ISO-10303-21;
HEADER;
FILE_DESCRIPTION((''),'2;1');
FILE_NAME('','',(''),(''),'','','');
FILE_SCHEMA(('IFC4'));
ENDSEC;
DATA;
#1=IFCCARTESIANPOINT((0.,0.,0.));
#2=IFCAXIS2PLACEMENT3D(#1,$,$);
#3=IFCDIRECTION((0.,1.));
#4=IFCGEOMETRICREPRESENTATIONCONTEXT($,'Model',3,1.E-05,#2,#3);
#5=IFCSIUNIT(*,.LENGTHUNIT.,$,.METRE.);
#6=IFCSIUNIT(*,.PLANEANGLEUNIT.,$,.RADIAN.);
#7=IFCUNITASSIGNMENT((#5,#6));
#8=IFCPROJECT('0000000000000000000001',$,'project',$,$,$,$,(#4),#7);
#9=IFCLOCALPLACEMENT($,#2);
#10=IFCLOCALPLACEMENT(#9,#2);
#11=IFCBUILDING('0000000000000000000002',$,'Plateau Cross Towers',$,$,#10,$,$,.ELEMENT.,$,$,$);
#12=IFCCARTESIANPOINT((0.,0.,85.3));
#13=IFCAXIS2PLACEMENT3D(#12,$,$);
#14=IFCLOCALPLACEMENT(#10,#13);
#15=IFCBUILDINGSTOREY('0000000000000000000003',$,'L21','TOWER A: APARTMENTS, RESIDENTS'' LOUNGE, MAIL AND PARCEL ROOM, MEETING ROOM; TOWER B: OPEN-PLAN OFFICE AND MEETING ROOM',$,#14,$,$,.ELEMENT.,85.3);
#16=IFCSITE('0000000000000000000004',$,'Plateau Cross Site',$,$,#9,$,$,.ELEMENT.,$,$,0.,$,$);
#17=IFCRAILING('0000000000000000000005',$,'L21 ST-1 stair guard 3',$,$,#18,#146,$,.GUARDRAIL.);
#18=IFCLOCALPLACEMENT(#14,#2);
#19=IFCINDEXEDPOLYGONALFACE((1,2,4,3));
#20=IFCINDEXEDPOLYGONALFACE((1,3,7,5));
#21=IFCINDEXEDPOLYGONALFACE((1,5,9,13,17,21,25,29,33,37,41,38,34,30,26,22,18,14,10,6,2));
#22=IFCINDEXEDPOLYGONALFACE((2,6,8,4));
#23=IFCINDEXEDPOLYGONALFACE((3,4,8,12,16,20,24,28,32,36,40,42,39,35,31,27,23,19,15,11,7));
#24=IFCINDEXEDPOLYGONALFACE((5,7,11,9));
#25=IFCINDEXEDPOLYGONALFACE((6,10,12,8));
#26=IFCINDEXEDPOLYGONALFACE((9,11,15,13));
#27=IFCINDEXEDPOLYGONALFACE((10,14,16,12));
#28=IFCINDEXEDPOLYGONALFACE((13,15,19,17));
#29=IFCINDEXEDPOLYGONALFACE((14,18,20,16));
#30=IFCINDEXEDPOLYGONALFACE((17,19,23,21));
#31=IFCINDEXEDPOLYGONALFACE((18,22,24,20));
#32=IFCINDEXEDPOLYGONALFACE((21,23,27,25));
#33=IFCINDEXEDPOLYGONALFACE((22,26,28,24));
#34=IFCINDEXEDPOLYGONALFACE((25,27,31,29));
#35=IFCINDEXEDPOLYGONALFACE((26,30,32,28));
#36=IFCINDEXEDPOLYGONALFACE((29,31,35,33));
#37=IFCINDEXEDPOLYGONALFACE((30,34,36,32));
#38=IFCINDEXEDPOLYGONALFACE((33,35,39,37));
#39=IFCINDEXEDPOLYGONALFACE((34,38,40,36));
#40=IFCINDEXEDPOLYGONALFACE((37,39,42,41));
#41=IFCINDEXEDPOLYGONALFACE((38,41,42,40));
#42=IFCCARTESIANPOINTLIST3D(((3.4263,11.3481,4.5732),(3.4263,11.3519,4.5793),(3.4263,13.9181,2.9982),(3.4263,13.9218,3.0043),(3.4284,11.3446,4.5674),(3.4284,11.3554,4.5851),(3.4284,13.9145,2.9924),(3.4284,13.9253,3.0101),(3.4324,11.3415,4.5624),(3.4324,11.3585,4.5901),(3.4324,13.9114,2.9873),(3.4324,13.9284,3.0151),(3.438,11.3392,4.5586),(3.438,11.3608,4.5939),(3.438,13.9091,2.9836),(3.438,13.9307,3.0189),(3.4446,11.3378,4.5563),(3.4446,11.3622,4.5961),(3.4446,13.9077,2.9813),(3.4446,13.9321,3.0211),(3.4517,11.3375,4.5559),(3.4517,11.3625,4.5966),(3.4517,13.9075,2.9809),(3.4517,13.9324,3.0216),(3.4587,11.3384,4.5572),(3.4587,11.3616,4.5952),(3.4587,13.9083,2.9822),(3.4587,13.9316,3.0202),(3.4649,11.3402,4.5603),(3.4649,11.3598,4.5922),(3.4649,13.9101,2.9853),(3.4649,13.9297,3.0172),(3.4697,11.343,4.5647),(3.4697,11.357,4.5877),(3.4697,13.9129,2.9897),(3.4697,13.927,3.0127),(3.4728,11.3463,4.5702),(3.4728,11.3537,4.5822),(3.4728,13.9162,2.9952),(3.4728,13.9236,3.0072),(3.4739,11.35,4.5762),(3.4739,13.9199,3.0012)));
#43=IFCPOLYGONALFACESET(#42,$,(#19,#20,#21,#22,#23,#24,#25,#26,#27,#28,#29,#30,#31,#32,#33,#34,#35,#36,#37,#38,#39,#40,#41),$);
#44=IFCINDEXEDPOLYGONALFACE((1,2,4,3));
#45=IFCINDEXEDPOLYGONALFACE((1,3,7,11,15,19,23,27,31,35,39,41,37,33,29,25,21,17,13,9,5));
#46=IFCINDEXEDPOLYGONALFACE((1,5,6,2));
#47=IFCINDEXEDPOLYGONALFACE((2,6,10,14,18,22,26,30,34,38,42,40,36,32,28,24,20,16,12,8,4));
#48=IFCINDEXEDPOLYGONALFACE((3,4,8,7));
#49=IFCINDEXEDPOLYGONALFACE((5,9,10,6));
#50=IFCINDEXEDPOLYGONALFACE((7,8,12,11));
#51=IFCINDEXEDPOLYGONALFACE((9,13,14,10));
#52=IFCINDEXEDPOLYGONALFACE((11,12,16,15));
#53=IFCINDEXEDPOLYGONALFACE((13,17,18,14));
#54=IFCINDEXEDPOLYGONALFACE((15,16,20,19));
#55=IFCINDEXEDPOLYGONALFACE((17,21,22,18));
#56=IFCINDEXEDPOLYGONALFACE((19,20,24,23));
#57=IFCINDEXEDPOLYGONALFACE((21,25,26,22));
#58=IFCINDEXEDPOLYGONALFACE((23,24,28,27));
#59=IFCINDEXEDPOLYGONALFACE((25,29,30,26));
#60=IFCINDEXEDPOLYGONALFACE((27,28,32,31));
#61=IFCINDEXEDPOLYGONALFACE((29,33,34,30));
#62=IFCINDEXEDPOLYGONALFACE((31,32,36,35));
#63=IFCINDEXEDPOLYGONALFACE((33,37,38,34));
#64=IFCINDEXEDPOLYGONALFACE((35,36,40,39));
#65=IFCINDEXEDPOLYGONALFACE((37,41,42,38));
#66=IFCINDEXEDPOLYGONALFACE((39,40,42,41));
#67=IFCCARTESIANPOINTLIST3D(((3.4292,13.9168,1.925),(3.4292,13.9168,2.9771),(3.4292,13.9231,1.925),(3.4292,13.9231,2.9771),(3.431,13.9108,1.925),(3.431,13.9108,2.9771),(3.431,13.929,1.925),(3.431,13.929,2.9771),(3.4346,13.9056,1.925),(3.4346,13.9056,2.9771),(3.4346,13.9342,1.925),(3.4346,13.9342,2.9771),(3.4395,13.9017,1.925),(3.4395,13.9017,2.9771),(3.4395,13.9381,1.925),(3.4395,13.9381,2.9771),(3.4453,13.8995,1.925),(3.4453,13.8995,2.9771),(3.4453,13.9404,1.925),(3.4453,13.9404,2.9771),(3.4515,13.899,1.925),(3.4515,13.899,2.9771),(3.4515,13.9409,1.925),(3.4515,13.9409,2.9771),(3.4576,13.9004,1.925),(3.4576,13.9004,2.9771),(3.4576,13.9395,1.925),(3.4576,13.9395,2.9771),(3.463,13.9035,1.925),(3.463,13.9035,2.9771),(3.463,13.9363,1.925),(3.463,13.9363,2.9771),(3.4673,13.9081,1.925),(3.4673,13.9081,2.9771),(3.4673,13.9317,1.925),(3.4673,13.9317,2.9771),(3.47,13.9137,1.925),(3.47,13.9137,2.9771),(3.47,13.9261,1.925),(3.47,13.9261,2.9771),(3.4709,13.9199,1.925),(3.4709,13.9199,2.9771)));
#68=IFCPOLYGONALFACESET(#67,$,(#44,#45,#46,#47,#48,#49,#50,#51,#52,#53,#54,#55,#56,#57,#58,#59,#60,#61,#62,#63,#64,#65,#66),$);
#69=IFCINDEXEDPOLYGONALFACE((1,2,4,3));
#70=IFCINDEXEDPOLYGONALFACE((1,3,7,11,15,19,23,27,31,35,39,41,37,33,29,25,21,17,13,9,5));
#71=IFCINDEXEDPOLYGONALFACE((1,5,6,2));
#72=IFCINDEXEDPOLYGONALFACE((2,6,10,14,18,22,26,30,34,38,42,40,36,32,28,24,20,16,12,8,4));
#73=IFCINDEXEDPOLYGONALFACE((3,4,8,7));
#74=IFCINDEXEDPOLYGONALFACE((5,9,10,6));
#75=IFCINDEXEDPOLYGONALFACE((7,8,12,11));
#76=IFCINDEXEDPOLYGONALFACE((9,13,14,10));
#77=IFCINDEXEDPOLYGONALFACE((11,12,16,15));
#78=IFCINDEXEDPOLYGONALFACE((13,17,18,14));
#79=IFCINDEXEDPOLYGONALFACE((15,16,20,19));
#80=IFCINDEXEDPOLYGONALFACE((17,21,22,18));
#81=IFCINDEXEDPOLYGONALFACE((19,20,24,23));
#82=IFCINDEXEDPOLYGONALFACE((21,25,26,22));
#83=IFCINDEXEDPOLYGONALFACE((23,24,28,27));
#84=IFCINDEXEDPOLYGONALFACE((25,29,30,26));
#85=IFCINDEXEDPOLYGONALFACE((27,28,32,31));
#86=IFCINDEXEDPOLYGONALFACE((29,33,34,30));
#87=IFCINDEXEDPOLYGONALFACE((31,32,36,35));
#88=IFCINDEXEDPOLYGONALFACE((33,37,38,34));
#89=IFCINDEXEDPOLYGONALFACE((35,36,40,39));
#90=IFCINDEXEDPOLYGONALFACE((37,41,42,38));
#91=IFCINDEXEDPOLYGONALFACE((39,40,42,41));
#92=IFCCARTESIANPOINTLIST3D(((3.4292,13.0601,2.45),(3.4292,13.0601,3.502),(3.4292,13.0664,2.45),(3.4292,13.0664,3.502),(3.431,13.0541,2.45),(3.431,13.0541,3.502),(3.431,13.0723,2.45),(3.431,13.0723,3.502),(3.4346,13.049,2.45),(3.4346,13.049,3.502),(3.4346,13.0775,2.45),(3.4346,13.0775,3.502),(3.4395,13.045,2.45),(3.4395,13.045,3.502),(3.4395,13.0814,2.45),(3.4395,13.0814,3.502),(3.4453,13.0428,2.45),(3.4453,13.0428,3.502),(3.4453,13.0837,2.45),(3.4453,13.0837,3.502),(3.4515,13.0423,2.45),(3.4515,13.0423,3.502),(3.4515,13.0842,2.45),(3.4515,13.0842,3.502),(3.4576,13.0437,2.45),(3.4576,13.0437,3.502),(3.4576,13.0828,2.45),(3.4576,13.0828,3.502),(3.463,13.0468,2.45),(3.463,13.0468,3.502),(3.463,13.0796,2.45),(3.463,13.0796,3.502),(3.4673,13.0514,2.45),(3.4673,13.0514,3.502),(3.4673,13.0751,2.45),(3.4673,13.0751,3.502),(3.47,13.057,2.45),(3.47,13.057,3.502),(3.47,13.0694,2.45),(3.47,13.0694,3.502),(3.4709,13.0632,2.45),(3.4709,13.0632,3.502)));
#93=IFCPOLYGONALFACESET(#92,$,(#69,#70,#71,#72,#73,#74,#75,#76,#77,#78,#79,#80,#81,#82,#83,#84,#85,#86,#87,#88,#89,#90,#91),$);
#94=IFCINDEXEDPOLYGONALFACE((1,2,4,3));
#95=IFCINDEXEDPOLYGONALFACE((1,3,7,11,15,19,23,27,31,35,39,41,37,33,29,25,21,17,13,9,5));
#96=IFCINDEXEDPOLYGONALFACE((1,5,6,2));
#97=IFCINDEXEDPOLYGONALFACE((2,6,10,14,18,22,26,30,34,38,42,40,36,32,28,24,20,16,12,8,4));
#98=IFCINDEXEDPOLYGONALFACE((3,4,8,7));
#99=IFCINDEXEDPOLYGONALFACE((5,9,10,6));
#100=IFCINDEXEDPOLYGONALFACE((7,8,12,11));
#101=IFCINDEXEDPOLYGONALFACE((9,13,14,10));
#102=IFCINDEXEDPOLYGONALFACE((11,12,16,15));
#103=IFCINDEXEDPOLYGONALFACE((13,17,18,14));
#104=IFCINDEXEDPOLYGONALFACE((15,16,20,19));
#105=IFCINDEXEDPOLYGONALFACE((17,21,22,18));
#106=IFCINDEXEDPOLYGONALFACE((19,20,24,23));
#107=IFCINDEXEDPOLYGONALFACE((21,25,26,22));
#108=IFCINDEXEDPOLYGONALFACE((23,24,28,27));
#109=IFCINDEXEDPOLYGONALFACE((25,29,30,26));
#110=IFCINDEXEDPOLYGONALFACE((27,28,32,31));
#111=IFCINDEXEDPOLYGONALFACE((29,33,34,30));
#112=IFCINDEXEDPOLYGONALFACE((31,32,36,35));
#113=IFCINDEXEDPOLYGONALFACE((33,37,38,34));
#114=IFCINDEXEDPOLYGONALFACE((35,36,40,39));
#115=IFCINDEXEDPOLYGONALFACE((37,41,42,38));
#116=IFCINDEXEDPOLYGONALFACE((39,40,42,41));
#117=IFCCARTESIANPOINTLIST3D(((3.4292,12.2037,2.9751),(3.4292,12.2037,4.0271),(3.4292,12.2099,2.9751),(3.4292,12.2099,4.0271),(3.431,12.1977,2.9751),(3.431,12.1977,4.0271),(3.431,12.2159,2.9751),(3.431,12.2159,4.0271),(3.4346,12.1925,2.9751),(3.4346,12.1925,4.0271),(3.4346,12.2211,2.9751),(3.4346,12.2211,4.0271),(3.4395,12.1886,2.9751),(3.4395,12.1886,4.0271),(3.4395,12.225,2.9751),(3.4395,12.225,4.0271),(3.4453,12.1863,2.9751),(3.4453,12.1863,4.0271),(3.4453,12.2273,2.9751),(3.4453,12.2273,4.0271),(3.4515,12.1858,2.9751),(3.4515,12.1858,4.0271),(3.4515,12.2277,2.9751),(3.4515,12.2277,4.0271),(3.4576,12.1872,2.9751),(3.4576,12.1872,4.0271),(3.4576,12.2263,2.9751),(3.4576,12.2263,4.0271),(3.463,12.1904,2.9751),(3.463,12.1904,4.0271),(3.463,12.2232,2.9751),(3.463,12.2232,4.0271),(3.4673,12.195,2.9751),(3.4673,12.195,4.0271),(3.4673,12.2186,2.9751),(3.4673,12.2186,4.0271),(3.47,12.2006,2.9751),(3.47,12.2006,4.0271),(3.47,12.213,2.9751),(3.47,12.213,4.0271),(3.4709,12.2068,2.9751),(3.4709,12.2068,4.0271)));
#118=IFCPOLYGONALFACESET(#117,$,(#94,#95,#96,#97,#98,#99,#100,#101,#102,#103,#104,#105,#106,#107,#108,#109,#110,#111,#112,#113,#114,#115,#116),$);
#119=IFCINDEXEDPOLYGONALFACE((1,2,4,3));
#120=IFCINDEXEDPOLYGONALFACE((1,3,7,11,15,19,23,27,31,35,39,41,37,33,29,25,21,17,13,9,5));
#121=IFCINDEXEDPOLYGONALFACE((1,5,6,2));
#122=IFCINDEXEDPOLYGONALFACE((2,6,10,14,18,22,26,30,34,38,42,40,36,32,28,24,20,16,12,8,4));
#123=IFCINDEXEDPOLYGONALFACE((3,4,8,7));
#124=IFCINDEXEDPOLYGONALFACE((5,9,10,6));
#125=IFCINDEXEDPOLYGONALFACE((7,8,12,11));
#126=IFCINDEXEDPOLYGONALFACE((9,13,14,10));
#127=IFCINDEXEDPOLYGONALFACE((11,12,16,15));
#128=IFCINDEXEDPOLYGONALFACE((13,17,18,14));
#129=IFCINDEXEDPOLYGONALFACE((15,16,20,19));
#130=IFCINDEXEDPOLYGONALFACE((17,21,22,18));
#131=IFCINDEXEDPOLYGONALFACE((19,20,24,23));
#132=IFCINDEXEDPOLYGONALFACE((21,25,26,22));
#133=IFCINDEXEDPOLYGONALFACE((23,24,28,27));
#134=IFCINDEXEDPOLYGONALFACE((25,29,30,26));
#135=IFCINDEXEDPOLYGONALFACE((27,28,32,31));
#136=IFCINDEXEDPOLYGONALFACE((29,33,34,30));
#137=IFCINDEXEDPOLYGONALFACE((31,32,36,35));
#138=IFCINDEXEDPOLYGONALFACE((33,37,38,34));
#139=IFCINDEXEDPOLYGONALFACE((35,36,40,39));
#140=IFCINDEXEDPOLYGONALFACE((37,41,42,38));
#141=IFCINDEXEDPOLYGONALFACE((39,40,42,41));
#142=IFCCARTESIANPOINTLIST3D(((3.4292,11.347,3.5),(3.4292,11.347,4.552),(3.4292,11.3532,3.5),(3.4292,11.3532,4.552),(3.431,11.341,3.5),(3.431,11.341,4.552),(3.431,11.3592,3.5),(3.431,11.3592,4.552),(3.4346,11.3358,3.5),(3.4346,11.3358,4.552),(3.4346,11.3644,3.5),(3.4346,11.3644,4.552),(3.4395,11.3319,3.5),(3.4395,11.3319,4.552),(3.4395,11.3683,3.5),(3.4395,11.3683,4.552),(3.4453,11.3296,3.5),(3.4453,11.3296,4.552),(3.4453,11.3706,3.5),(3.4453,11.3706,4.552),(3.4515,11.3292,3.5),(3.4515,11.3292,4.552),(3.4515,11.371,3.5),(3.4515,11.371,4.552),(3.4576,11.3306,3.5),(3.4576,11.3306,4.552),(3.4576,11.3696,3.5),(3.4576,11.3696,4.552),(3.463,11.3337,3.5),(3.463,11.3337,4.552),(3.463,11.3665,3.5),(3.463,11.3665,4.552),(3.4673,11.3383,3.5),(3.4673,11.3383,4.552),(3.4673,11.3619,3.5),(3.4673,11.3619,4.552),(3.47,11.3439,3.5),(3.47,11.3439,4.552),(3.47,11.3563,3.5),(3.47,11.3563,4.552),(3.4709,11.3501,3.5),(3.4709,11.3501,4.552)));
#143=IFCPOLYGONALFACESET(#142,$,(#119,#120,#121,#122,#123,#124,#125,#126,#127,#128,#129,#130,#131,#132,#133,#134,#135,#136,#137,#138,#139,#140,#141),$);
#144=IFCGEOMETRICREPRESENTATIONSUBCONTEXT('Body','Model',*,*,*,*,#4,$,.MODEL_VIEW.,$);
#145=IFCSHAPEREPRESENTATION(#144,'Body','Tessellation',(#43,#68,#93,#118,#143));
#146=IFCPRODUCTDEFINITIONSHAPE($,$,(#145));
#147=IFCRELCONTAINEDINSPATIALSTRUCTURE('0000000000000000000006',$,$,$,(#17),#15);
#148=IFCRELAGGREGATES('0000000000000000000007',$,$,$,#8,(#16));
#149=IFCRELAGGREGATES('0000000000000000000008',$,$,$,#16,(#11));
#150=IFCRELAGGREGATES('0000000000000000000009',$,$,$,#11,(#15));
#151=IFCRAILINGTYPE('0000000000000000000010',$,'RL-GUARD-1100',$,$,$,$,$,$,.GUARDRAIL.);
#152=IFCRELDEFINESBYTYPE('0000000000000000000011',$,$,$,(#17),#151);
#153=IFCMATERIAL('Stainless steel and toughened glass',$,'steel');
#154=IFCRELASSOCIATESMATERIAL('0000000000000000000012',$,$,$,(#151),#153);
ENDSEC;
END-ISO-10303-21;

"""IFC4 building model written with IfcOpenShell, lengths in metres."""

from ifc_helpers import new_model, si_unit, direction, frame, origin, origin_2d, place, context, subcontext, project, spatial, circle, extrude, material, type_object, element, save


model = new_model("IFC4")

# Units and contexts
model_context = context("Model", 3, precision=1e-05, world=origin(), true_north=direction((0.0, 1.0)))
body_context = subcontext(model_context, "Body", "Model", "MODEL_VIEW")
ifc_project = project(units=[si_unit("LENGTHUNIT", "METRE"), si_unit("PLANEANGLEUNIT", "RADIAN")], contexts=[model_context])

# Site, building, storey
site_placement = place(None, origin())
site = spatial("IfcSite", under=ifc_project, at=site_placement, Name="Plateau Cross Site", CompositionType="ELEMENT", RefElevation=0.0)
building_placement = place(site_placement, origin())
building = spatial("IfcBuilding", under=site, at=building_placement, Name="Plateau Cross Towers", CompositionType="ELEMENT")
storey_placement = place(building_placement, frame((0.0, 0.0, 85.3)))
storey = spatial("IfcBuildingStorey", under=building, at=storey_placement, Name="L21", Description="TOWER A: APARTMENTS, RESIDENTS' LOUNGE, MAIL AND PARCEL ROOM, MEETING ROOM; TOWER B: OPEN-PLAN OFFICE AND MEETING ROOM", CompositionType="ELEMENT", Elevation=85.3)

# Railing
ifc_material_1 = material(Name="Stainless steel and toughened glass", Category="steel")
railing_type_1 = type_object("IfcRailingType", Name="RL-GUARD-1100", PredefinedType="GUARDRAIL", material=ifc_material_1)
railing_1_placement = place(storey_placement, frame((3.45, 13.9199, 1.925)))
element("IfcRailing", 1, at=railing_1_placement, inside=storey, type_object=railing_type_1, Name="L21 ST-1 stair guard 3", PredefinedType="GUARDRAIL", context=body_context, shape_type="SweptSolid", body=[
    extrude(circle(Radius=0.0239, at=origin_2d()), frame((0.0, 0.0, 1.0762), z_axis=(0.0, -0.852616, 0.522537), x_axis=(1.0, 0.0, 0.0)), (0.0, 0.0, 1.0), 3.0142),
    extrude(circle(Radius=0.021, at=origin_2d()), origin(), (0.0, 0.0, 1.0), 1.052),
    extrude(circle(Radius=0.021, at=origin_2d()), frame((0.0, -0.8567, 0.5249)), (0.0, 0.0, 1.0), 1.052),
    extrude(circle(Radius=0.021, at=origin_2d()), frame((0.0, -1.7131, 1.05)), (0.0, 0.0, 1.0), 1.052),
    extrude(circle(Radius=0.021, at=origin_2d()), frame((0.0, -2.5698, 1.575)), (0.0, 0.0, 1.0), 1.052),
])

save(model, "model.ifc")
